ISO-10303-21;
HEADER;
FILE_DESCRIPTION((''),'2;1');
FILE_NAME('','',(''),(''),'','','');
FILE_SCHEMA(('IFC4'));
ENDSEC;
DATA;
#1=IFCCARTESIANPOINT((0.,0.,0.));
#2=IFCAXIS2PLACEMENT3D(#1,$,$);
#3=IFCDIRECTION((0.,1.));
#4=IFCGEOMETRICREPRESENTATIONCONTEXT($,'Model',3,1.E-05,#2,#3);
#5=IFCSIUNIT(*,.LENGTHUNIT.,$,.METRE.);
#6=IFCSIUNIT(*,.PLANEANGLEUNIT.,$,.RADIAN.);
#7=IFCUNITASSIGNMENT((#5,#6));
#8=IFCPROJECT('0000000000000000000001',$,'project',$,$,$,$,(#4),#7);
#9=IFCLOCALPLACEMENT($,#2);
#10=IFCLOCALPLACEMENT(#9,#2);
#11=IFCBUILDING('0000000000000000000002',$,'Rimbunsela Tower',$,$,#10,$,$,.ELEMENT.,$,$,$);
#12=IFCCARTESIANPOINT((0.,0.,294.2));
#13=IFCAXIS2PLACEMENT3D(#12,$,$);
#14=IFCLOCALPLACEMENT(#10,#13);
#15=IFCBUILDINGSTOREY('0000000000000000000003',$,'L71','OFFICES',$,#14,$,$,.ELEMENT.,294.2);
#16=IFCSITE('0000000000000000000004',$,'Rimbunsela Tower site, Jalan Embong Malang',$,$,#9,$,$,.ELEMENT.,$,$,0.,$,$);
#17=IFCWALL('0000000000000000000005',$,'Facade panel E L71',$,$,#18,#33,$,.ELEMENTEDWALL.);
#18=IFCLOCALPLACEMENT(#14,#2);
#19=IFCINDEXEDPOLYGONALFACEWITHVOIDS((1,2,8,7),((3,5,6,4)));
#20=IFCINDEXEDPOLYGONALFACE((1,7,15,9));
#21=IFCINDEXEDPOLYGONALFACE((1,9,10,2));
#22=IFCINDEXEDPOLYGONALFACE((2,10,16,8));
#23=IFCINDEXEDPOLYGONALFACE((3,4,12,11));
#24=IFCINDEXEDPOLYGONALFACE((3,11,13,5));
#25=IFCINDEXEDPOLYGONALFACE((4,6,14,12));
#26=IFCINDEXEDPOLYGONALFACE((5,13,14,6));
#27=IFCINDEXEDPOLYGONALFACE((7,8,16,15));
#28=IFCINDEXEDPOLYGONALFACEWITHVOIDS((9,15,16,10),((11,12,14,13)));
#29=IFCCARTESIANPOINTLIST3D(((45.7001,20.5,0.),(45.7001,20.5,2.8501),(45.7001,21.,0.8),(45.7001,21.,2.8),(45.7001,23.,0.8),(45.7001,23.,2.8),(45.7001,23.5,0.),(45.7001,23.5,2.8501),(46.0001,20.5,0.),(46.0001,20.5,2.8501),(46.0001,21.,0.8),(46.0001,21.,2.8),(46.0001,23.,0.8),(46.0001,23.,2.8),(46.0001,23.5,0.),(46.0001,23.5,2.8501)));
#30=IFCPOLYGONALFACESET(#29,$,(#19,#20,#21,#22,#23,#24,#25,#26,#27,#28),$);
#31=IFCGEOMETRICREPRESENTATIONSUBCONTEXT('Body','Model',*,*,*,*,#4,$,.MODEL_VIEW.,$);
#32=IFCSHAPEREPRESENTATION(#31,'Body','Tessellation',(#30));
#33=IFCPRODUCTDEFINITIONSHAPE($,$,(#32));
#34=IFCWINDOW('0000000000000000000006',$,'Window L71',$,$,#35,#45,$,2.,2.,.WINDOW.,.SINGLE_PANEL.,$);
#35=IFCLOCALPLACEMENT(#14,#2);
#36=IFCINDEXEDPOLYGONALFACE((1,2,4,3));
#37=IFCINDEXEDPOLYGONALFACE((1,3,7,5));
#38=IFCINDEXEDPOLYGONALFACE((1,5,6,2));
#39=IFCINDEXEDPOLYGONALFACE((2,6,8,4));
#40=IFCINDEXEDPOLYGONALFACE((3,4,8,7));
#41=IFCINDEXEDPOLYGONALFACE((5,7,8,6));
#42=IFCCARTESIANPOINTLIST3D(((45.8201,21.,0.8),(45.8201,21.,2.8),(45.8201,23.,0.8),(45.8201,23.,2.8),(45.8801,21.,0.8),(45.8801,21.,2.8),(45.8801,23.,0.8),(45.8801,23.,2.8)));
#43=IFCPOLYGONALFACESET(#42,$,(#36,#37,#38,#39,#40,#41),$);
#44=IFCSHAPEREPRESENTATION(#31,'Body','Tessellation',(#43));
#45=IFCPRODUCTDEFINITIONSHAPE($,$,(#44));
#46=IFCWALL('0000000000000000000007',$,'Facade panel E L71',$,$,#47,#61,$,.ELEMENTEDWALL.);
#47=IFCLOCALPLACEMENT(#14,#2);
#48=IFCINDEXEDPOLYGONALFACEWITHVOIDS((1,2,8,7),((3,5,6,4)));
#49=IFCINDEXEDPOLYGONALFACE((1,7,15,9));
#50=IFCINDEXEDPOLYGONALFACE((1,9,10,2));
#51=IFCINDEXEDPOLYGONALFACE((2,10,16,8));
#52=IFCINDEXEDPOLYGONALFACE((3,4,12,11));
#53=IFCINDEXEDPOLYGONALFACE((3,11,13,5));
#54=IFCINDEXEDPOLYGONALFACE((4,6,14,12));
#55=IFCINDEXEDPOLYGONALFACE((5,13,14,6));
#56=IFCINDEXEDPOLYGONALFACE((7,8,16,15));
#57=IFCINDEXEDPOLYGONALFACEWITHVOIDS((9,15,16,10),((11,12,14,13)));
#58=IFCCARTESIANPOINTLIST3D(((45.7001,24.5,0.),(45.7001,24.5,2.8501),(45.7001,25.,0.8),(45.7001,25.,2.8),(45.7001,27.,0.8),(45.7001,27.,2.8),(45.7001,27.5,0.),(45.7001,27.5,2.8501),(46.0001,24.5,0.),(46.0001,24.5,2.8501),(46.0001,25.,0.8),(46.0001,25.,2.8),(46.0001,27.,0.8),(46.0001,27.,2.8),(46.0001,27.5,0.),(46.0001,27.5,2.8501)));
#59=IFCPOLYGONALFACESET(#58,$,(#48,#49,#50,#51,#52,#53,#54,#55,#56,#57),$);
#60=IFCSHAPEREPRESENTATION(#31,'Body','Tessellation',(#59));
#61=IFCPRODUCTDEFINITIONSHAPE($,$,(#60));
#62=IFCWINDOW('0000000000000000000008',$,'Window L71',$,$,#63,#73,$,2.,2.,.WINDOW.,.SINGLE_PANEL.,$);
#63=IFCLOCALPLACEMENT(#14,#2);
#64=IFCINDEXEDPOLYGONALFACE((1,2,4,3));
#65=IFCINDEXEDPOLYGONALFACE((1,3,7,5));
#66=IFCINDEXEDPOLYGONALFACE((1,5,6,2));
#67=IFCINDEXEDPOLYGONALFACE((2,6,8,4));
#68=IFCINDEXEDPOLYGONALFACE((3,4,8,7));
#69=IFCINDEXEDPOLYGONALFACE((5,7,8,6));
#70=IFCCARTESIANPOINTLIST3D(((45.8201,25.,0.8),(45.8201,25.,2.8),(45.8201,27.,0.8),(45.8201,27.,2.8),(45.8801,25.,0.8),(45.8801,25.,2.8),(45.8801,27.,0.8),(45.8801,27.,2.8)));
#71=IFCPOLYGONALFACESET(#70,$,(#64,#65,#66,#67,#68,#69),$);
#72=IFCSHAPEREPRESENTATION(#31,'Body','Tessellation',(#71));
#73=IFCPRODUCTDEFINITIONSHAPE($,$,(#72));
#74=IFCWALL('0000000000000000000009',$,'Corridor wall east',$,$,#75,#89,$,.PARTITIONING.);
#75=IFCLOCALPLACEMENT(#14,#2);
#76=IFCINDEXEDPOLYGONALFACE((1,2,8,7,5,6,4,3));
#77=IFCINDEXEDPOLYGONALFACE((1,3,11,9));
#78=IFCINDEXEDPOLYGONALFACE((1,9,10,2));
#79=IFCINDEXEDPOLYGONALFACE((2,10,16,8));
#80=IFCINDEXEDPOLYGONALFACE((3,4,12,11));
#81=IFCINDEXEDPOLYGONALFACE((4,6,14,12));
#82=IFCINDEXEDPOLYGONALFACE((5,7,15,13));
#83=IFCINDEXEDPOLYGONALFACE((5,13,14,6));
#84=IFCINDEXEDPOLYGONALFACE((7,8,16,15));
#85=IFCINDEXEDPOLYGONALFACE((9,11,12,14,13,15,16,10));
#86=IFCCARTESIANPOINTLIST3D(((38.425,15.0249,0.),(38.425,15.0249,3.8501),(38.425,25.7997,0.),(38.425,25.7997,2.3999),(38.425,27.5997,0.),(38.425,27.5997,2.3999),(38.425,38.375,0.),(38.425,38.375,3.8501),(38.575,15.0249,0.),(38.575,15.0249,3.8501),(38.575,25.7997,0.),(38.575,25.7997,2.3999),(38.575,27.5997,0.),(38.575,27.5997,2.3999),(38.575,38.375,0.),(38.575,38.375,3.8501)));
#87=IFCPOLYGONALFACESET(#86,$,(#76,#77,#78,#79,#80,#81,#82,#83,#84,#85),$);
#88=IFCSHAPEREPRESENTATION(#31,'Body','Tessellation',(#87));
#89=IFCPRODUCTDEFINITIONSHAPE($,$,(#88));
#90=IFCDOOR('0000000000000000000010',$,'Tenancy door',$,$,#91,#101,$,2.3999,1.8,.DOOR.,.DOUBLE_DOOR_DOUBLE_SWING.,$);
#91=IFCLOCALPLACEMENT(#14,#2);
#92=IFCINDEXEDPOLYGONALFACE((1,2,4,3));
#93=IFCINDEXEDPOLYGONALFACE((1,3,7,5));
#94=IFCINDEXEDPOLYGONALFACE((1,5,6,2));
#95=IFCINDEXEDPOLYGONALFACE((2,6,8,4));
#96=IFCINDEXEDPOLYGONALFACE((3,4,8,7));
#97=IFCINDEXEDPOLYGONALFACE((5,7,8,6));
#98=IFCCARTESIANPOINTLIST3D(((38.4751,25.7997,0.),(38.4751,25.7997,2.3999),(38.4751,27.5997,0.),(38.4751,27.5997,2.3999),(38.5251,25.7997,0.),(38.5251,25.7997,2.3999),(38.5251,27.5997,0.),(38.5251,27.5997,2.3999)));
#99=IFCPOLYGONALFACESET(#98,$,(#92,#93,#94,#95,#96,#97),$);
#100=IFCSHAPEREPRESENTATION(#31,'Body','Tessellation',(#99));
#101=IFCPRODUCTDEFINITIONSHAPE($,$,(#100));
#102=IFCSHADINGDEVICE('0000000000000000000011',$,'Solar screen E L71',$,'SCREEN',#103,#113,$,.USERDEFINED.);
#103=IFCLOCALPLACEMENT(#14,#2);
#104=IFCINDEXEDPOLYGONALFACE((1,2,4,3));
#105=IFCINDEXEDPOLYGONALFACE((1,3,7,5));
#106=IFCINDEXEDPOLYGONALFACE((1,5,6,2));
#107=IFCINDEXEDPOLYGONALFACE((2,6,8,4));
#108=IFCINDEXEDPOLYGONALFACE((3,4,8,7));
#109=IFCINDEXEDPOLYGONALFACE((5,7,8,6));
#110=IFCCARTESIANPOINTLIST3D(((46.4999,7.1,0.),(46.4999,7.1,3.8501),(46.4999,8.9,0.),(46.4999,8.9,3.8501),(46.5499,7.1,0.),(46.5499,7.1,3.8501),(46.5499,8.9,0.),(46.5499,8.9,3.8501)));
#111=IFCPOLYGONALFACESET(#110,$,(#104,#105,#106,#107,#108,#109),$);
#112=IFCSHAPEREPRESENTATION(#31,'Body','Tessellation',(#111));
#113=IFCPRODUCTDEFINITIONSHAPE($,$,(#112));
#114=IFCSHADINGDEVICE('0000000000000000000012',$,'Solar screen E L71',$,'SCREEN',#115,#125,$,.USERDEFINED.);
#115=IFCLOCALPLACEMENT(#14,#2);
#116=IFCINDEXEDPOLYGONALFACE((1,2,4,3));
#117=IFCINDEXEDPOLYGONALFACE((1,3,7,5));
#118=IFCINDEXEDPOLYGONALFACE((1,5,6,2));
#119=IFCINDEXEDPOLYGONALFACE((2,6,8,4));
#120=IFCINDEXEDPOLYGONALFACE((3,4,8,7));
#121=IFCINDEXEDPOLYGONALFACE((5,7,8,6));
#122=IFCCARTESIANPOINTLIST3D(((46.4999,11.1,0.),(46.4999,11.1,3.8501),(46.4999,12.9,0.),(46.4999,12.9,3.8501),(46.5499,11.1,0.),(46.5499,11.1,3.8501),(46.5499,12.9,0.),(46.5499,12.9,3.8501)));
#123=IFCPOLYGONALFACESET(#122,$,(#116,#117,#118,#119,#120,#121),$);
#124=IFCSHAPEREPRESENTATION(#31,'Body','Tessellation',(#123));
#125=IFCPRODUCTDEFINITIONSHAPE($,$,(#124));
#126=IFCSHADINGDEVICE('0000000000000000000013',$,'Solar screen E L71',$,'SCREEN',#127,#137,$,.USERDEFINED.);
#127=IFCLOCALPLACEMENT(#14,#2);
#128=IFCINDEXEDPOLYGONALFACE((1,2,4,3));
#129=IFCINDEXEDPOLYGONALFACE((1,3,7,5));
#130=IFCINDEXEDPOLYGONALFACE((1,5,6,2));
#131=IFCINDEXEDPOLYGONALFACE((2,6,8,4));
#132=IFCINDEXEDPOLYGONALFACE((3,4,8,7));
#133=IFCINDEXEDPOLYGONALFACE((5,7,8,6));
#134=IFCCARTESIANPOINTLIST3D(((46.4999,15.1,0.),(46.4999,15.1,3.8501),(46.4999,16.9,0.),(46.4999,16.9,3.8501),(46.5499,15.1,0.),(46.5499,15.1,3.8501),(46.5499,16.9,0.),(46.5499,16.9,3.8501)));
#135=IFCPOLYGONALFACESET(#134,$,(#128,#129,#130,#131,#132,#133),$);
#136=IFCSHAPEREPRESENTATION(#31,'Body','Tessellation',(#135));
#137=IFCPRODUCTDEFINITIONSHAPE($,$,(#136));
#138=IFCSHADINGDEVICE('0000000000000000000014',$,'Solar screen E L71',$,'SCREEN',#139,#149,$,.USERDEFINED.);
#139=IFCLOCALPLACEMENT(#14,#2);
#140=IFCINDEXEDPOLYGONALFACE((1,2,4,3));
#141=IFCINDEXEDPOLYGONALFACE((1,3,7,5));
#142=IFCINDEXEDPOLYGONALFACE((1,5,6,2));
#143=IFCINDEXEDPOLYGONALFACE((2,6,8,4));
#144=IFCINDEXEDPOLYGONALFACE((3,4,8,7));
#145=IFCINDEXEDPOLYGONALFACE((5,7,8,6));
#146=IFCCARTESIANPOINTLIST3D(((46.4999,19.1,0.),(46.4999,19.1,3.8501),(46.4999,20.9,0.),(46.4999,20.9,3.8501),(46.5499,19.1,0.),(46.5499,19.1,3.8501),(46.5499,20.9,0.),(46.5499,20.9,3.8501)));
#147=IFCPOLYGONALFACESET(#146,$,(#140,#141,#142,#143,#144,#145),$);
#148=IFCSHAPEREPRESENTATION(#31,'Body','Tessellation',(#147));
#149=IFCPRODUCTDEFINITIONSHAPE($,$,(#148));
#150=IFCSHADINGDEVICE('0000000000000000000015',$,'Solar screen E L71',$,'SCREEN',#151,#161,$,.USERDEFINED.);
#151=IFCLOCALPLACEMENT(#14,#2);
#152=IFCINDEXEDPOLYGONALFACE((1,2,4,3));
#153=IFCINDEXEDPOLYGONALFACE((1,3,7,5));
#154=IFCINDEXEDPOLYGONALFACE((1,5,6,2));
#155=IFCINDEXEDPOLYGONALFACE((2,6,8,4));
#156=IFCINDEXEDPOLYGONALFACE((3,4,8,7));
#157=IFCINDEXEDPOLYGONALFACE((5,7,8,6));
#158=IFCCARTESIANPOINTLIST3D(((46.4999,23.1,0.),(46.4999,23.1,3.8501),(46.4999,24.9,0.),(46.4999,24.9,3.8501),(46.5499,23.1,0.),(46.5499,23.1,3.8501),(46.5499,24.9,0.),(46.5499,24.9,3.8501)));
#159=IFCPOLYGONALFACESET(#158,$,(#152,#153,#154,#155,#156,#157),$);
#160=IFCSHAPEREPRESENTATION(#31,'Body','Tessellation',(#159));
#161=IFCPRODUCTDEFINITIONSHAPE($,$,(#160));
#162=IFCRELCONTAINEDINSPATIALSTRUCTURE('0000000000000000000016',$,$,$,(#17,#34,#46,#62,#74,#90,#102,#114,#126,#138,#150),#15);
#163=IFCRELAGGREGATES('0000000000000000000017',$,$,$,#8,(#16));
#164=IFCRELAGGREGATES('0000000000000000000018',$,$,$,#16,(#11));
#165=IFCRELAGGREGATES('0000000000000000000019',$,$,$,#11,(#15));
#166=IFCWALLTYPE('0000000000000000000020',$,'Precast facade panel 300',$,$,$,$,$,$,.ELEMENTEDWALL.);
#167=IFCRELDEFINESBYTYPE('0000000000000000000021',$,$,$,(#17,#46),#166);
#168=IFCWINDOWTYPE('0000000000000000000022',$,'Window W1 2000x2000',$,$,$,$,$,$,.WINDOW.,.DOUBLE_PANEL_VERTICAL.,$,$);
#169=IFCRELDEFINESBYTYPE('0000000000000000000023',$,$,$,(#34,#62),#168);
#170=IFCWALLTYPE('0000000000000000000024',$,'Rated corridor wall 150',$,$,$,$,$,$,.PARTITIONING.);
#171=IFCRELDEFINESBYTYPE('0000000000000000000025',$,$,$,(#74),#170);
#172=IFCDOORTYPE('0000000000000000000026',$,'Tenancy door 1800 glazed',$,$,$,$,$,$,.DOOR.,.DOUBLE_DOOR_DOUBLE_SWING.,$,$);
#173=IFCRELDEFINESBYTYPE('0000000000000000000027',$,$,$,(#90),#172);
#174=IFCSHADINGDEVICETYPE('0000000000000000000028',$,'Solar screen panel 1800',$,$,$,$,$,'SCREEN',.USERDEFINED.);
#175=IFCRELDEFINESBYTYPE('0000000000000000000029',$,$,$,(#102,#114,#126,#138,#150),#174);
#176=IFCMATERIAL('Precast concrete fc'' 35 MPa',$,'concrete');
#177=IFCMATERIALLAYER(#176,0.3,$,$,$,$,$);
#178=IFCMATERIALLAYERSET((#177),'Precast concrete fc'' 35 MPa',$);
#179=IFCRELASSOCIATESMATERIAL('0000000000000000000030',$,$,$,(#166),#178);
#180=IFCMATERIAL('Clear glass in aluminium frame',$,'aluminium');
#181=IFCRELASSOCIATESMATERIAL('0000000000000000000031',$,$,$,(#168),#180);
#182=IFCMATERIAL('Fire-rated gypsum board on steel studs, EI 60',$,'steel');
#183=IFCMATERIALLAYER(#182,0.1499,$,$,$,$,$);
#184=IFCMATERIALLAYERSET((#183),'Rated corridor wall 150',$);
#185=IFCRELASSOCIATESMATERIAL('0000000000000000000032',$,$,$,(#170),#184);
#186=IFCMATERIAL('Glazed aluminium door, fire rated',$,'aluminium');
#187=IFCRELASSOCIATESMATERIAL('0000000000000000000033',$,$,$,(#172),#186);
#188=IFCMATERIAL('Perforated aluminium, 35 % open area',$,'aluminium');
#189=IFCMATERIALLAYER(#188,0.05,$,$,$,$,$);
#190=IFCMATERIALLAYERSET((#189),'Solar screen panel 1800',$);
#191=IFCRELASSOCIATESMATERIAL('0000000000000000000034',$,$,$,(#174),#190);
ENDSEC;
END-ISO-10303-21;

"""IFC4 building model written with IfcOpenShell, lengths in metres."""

from ifc_helpers import new_model, si_unit, direction, frame, frame_2d, origin, origin_2d, place, context, subcontext, project, spatial, rectangle, extrude, material, layer, layer_set, type_object, element, fill, save


model = new_model("IFC4")

# Units and contexts
model_context = context("Model", 3, precision=1e-05, world=origin(), true_north=direction((0.0, 1.0)))
body_context = subcontext(model_context, "Body", "Model", "MODEL_VIEW")
ifc_project = project(units=[si_unit("LENGTHUNIT", "METRE"), si_unit("PLANEANGLEUNIT", "RADIAN")], contexts=[model_context])

# Site, building, storey
site_placement = place(None, origin())
site = spatial("IfcSite", under=ifc_project, at=site_placement, Name="Rimbunsela Tower site, Jalan Embong Malang", CompositionType="ELEMENT", RefElevation=0.0)
building_placement = place(site_placement, origin())
building = spatial("IfcBuilding", under=site, at=building_placement, Name="Rimbunsela Tower", CompositionType="ELEMENT")
storey_placement = place(building_placement, frame((0.0, 0.0, 294.2)))
storey = spatial("IfcBuildingStorey", under=building, at=storey_placement, Name="L71", Description="OFFICES", CompositionType="ELEMENT", Elevation=294.2)

# Walls, openings, windows
ifc_material_1 = material(Name="Precast concrete fc' 35 MPa", Category="concrete")
ifc_layer_1 = layer(ifc_material_1, 0.3)
ifc_layer_set_1 = layer_set([ifc_layer_1], Name="Precast concrete fc' 35 MPa")
wall_type_1 = type_object("IfcWallType", Name="Precast facade panel 300", PredefinedType="ELEMENTEDWALL", material=ifc_layer_set_1)
ifc_material_2 = material(Name="Clear glass in aluminium frame", Category="aluminium")
window_type = type_object("IfcWindowType", Name="Window W1 2000x2000", PartitioningType="DOUBLE_PANEL_VERTICAL", PredefinedType="WINDOW", material=ifc_material_2)
wall_1_placement = place(storey_placement, frame((45.8501, 20.5, 0.0), z_axis=(0.0, 0.0, 1.0), x_axis=(0.0, 1.0, 0.0)))
wall_1 = element("IfcWall", 1, at=wall_1_placement, inside=storey, type_object=wall_type_1, Name="Facade panel E L71", PredefinedType="ELEMENTEDWALL", context=body_context, shape_type="SweptSolid", body=[
    extrude(rectangle(XDim=3.0, YDim=0.3, at=frame_2d((1.5, 0.0))), origin(), (0.0, 0.0, 1.0), 2.8501),
])
opening_1_placement = place(wall_1_placement, frame((0.5, 0.0, 0.8)))
opening_1 = element("IfcOpeningElement", 2, at=opening_1_placement, cuts=wall_1, PredefinedType="OPENING", context=body_context, shape_type="SweptSolid", body=[
    extrude(rectangle(XDim=2.0, YDim=2.0, at=frame_2d((1.0, 1.0))), frame((0.0, 0.1599, 0.0), z_axis=(0.0, -1.0, 0.0), x_axis=(1.0, 0.0, 0.0)), (0.0, 0.0, 1.0), 0.3201),
])
window_1_placement = place(opening_1_placement, origin())
window_1 = element("IfcWindow", 3, at=window_1_placement, inside=storey, type_object=window_type, Name="Window L71", OverallHeight=2.0, OverallWidth=2.0, PartitioningType="SINGLE_PANEL", PredefinedType="WINDOW", context=body_context, shape_type="SweptSolid", body=[
    extrude(rectangle(XDim=2.0, YDim=2.0, at=frame_2d((1.0, 1.0))), frame((0.0, 0.03, 0.0), z_axis=(0.0, -1.0, 0.0), x_axis=(1.0, 0.0, 0.0)), (0.0, 0.0, 1.0), 0.0601),
])
fill(opening_1, window_1)
wall_2_placement = place(storey_placement, frame((45.8501, 24.5, 0.0), z_axis=(0.0, 0.0, 1.0), x_axis=(0.0, 1.0, 0.0)))
wall_2 = element("IfcWall", 4, at=wall_2_placement, inside=storey, type_object=wall_type_1, Name="Facade panel E L71", PredefinedType="ELEMENTEDWALL", context=body_context, shape_type="SweptSolid", body=[
    extrude(rectangle(XDim=3.0, YDim=0.3, at=frame_2d((1.5, 0.0))), origin(), (0.0, 0.0, 1.0), 2.8501),
])
opening_2_placement = place(wall_2_placement, frame((0.5, 0.0, 0.8)))
opening_2 = element("IfcOpeningElement", 5, at=opening_2_placement, cuts=wall_2, PredefinedType="OPENING", context=body_context, shape_type="SweptSolid", body=[
    extrude(rectangle(XDim=2.0, YDim=2.0, at=frame_2d((1.0, 1.0))), frame((0.0, 0.1599, 0.0), z_axis=(0.0, -1.0, 0.0), x_axis=(1.0, 0.0, 0.0)), (0.0, 0.0, 1.0), 0.3201),
])
window_2_placement = place(opening_2_placement, origin())
window_2 = element("IfcWindow", 6, at=window_2_placement, inside=storey, type_object=window_type, Name="Window L71", OverallHeight=2.0, OverallWidth=2.0, PartitioningType="SINGLE_PANEL", PredefinedType="WINDOW", context=body_context, shape_type="SweptSolid", body=[
    extrude(rectangle(XDim=2.0, YDim=2.0, at=frame_2d((1.0, 1.0))), frame((0.0, 0.03, 0.0), z_axis=(0.0, -1.0, 0.0), x_axis=(1.0, 0.0, 0.0)), (0.0, 0.0, 1.0), 0.0601),
])
fill(opening_2, window_2)

# Wall, opening, door
ifc_material_3 = material(Name="Fire-rated gypsum board on steel studs, EI 60", Category="steel")
ifc_layer_2 = layer(ifc_material_3, 0.1499)
ifc_layer_set_2 = layer_set([ifc_layer_2], Name="Rated corridor wall 150")
wall_type_2 = type_object("IfcWallType", Name="Rated corridor wall 150", PredefinedType="PARTITIONING", material=ifc_layer_set_2)
wall_3_placement = place(storey_placement, frame((38.5, 15.0249, 0.0), z_axis=(0.0, 0.0, 1.0), x_axis=(0.0, 1.0, 0.0)))
wall_3 = element("IfcWall", 7, at=wall_3_placement, inside=storey, type_object=wall_type_2, Name="Corridor wall east", PredefinedType="PARTITIONING", context=body_context, shape_type="SweptSolid", body=[
    extrude(rectangle(XDim=23.3501, YDim=0.1499, at=frame_2d((11.675, 0.0))), origin(), (0.0, 0.0, 1.0), 3.8501),
])
opening_3_placement = place(wall_3_placement, frame((10.7749, 0.0, 0.0)))
opening_3 = element("IfcOpeningElement", 8, at=opening_3_placement, cuts=wall_3, PredefinedType="OPENING", context=body_context, shape_type="SweptSolid", body=[
    extrude(rectangle(XDim=1.8, YDim=2.3999, at=frame_2d((0.8999, 1.2))), frame((0.0, 0.085, 0.0), z_axis=(0.0, -1.0, 0.0), x_axis=(1.0, 0.0, 0.0)), (0.0, 0.0, 1.0), 0.1699),
])
ifc_material_4 = material(Name="Glazed aluminium door, fire rated", Category="aluminium")
door_type_1 = type_object("IfcDoorType", Name="Tenancy door 1800 glazed", OperationType="DOUBLE_DOOR_DOUBLE_SWING", PredefinedType="DOOR", material=ifc_material_4)
door_1_placement = place(opening_3_placement, origin())
door_1 = element("IfcDoor", 9, at=door_1_placement, inside=storey, type_object=door_type_1, Name="Tenancy door", OperationType="DOUBLE_DOOR_DOUBLE_SWING", OverallHeight=2.3999, OverallWidth=1.8, PredefinedType="DOOR", context=body_context, shape_type="SweptSolid", body=[
    extrude(rectangle(XDim=1.8, YDim=2.3999, at=frame_2d((0.8999, 1.2))), frame((0.0, 0.0249, 0.0), z_axis=(0.0, -1.0, 0.0), x_axis=(1.0, 0.0, 0.0)), (0.0, 0.0, 1.0), 0.05),
])
fill(opening_3, door_1)

# Shading devices
ifc_material_5 = material(Name="Perforated aluminium, 35 % open area", Category="aluminium")
ifc_layer_3 = layer(ifc_material_5, 0.05)
ifc_layer_set_3 = layer_set([ifc_layer_3], Name="Solar screen panel 1800")
shading_device_type = type_object("IfcShadingDeviceType", Name="Solar screen panel 1800", ElementType="SCREEN", PredefinedType="USERDEFINED", material=ifc_layer_set_3)
for number, where, z_axis, x_axis, name in (
    (10, (46.5249, 8.0, 0.0), (0.0, 0.0, 1.0), (0.0, 1.0, 0.0), "Solar screen E L71"),
    (11, (46.5249, 12.0, 0.0), (0.0, 0.0, 1.0), (0.0, 1.0, 0.0), "Solar screen E L71"),
    (12, (46.5249, 16.0, 0.0), (0.0, 0.0, 1.0), (0.0, 1.0, 0.0), "Solar screen E L71"),
    (13, (46.5249, 20.0, 0.0), (0.0, 0.0, 1.0), (0.0, 1.0, 0.0), "Solar screen E L71"),
    (14, (46.5249, 24.0, 0.0), (0.0, 0.0, 1.0), (0.0, 1.0, 0.0), "Solar screen E L71"),
):
    element("IfcShadingDevice", number, at=place(storey_placement, frame(where, z_axis=z_axis, x_axis=x_axis)), inside=storey, type_object=shading_device_type, Name=name, ObjectType="SCREEN", PredefinedType="USERDEFINED", context=body_context, shape_type="SweptSolid", body=[
        extrude(rectangle(XDim=1.8, YDim=0.05, at=origin_2d()), origin(), (0.0, 0.0, 1.0), 3.8501),
    ])

save(model, "model.ifc")
